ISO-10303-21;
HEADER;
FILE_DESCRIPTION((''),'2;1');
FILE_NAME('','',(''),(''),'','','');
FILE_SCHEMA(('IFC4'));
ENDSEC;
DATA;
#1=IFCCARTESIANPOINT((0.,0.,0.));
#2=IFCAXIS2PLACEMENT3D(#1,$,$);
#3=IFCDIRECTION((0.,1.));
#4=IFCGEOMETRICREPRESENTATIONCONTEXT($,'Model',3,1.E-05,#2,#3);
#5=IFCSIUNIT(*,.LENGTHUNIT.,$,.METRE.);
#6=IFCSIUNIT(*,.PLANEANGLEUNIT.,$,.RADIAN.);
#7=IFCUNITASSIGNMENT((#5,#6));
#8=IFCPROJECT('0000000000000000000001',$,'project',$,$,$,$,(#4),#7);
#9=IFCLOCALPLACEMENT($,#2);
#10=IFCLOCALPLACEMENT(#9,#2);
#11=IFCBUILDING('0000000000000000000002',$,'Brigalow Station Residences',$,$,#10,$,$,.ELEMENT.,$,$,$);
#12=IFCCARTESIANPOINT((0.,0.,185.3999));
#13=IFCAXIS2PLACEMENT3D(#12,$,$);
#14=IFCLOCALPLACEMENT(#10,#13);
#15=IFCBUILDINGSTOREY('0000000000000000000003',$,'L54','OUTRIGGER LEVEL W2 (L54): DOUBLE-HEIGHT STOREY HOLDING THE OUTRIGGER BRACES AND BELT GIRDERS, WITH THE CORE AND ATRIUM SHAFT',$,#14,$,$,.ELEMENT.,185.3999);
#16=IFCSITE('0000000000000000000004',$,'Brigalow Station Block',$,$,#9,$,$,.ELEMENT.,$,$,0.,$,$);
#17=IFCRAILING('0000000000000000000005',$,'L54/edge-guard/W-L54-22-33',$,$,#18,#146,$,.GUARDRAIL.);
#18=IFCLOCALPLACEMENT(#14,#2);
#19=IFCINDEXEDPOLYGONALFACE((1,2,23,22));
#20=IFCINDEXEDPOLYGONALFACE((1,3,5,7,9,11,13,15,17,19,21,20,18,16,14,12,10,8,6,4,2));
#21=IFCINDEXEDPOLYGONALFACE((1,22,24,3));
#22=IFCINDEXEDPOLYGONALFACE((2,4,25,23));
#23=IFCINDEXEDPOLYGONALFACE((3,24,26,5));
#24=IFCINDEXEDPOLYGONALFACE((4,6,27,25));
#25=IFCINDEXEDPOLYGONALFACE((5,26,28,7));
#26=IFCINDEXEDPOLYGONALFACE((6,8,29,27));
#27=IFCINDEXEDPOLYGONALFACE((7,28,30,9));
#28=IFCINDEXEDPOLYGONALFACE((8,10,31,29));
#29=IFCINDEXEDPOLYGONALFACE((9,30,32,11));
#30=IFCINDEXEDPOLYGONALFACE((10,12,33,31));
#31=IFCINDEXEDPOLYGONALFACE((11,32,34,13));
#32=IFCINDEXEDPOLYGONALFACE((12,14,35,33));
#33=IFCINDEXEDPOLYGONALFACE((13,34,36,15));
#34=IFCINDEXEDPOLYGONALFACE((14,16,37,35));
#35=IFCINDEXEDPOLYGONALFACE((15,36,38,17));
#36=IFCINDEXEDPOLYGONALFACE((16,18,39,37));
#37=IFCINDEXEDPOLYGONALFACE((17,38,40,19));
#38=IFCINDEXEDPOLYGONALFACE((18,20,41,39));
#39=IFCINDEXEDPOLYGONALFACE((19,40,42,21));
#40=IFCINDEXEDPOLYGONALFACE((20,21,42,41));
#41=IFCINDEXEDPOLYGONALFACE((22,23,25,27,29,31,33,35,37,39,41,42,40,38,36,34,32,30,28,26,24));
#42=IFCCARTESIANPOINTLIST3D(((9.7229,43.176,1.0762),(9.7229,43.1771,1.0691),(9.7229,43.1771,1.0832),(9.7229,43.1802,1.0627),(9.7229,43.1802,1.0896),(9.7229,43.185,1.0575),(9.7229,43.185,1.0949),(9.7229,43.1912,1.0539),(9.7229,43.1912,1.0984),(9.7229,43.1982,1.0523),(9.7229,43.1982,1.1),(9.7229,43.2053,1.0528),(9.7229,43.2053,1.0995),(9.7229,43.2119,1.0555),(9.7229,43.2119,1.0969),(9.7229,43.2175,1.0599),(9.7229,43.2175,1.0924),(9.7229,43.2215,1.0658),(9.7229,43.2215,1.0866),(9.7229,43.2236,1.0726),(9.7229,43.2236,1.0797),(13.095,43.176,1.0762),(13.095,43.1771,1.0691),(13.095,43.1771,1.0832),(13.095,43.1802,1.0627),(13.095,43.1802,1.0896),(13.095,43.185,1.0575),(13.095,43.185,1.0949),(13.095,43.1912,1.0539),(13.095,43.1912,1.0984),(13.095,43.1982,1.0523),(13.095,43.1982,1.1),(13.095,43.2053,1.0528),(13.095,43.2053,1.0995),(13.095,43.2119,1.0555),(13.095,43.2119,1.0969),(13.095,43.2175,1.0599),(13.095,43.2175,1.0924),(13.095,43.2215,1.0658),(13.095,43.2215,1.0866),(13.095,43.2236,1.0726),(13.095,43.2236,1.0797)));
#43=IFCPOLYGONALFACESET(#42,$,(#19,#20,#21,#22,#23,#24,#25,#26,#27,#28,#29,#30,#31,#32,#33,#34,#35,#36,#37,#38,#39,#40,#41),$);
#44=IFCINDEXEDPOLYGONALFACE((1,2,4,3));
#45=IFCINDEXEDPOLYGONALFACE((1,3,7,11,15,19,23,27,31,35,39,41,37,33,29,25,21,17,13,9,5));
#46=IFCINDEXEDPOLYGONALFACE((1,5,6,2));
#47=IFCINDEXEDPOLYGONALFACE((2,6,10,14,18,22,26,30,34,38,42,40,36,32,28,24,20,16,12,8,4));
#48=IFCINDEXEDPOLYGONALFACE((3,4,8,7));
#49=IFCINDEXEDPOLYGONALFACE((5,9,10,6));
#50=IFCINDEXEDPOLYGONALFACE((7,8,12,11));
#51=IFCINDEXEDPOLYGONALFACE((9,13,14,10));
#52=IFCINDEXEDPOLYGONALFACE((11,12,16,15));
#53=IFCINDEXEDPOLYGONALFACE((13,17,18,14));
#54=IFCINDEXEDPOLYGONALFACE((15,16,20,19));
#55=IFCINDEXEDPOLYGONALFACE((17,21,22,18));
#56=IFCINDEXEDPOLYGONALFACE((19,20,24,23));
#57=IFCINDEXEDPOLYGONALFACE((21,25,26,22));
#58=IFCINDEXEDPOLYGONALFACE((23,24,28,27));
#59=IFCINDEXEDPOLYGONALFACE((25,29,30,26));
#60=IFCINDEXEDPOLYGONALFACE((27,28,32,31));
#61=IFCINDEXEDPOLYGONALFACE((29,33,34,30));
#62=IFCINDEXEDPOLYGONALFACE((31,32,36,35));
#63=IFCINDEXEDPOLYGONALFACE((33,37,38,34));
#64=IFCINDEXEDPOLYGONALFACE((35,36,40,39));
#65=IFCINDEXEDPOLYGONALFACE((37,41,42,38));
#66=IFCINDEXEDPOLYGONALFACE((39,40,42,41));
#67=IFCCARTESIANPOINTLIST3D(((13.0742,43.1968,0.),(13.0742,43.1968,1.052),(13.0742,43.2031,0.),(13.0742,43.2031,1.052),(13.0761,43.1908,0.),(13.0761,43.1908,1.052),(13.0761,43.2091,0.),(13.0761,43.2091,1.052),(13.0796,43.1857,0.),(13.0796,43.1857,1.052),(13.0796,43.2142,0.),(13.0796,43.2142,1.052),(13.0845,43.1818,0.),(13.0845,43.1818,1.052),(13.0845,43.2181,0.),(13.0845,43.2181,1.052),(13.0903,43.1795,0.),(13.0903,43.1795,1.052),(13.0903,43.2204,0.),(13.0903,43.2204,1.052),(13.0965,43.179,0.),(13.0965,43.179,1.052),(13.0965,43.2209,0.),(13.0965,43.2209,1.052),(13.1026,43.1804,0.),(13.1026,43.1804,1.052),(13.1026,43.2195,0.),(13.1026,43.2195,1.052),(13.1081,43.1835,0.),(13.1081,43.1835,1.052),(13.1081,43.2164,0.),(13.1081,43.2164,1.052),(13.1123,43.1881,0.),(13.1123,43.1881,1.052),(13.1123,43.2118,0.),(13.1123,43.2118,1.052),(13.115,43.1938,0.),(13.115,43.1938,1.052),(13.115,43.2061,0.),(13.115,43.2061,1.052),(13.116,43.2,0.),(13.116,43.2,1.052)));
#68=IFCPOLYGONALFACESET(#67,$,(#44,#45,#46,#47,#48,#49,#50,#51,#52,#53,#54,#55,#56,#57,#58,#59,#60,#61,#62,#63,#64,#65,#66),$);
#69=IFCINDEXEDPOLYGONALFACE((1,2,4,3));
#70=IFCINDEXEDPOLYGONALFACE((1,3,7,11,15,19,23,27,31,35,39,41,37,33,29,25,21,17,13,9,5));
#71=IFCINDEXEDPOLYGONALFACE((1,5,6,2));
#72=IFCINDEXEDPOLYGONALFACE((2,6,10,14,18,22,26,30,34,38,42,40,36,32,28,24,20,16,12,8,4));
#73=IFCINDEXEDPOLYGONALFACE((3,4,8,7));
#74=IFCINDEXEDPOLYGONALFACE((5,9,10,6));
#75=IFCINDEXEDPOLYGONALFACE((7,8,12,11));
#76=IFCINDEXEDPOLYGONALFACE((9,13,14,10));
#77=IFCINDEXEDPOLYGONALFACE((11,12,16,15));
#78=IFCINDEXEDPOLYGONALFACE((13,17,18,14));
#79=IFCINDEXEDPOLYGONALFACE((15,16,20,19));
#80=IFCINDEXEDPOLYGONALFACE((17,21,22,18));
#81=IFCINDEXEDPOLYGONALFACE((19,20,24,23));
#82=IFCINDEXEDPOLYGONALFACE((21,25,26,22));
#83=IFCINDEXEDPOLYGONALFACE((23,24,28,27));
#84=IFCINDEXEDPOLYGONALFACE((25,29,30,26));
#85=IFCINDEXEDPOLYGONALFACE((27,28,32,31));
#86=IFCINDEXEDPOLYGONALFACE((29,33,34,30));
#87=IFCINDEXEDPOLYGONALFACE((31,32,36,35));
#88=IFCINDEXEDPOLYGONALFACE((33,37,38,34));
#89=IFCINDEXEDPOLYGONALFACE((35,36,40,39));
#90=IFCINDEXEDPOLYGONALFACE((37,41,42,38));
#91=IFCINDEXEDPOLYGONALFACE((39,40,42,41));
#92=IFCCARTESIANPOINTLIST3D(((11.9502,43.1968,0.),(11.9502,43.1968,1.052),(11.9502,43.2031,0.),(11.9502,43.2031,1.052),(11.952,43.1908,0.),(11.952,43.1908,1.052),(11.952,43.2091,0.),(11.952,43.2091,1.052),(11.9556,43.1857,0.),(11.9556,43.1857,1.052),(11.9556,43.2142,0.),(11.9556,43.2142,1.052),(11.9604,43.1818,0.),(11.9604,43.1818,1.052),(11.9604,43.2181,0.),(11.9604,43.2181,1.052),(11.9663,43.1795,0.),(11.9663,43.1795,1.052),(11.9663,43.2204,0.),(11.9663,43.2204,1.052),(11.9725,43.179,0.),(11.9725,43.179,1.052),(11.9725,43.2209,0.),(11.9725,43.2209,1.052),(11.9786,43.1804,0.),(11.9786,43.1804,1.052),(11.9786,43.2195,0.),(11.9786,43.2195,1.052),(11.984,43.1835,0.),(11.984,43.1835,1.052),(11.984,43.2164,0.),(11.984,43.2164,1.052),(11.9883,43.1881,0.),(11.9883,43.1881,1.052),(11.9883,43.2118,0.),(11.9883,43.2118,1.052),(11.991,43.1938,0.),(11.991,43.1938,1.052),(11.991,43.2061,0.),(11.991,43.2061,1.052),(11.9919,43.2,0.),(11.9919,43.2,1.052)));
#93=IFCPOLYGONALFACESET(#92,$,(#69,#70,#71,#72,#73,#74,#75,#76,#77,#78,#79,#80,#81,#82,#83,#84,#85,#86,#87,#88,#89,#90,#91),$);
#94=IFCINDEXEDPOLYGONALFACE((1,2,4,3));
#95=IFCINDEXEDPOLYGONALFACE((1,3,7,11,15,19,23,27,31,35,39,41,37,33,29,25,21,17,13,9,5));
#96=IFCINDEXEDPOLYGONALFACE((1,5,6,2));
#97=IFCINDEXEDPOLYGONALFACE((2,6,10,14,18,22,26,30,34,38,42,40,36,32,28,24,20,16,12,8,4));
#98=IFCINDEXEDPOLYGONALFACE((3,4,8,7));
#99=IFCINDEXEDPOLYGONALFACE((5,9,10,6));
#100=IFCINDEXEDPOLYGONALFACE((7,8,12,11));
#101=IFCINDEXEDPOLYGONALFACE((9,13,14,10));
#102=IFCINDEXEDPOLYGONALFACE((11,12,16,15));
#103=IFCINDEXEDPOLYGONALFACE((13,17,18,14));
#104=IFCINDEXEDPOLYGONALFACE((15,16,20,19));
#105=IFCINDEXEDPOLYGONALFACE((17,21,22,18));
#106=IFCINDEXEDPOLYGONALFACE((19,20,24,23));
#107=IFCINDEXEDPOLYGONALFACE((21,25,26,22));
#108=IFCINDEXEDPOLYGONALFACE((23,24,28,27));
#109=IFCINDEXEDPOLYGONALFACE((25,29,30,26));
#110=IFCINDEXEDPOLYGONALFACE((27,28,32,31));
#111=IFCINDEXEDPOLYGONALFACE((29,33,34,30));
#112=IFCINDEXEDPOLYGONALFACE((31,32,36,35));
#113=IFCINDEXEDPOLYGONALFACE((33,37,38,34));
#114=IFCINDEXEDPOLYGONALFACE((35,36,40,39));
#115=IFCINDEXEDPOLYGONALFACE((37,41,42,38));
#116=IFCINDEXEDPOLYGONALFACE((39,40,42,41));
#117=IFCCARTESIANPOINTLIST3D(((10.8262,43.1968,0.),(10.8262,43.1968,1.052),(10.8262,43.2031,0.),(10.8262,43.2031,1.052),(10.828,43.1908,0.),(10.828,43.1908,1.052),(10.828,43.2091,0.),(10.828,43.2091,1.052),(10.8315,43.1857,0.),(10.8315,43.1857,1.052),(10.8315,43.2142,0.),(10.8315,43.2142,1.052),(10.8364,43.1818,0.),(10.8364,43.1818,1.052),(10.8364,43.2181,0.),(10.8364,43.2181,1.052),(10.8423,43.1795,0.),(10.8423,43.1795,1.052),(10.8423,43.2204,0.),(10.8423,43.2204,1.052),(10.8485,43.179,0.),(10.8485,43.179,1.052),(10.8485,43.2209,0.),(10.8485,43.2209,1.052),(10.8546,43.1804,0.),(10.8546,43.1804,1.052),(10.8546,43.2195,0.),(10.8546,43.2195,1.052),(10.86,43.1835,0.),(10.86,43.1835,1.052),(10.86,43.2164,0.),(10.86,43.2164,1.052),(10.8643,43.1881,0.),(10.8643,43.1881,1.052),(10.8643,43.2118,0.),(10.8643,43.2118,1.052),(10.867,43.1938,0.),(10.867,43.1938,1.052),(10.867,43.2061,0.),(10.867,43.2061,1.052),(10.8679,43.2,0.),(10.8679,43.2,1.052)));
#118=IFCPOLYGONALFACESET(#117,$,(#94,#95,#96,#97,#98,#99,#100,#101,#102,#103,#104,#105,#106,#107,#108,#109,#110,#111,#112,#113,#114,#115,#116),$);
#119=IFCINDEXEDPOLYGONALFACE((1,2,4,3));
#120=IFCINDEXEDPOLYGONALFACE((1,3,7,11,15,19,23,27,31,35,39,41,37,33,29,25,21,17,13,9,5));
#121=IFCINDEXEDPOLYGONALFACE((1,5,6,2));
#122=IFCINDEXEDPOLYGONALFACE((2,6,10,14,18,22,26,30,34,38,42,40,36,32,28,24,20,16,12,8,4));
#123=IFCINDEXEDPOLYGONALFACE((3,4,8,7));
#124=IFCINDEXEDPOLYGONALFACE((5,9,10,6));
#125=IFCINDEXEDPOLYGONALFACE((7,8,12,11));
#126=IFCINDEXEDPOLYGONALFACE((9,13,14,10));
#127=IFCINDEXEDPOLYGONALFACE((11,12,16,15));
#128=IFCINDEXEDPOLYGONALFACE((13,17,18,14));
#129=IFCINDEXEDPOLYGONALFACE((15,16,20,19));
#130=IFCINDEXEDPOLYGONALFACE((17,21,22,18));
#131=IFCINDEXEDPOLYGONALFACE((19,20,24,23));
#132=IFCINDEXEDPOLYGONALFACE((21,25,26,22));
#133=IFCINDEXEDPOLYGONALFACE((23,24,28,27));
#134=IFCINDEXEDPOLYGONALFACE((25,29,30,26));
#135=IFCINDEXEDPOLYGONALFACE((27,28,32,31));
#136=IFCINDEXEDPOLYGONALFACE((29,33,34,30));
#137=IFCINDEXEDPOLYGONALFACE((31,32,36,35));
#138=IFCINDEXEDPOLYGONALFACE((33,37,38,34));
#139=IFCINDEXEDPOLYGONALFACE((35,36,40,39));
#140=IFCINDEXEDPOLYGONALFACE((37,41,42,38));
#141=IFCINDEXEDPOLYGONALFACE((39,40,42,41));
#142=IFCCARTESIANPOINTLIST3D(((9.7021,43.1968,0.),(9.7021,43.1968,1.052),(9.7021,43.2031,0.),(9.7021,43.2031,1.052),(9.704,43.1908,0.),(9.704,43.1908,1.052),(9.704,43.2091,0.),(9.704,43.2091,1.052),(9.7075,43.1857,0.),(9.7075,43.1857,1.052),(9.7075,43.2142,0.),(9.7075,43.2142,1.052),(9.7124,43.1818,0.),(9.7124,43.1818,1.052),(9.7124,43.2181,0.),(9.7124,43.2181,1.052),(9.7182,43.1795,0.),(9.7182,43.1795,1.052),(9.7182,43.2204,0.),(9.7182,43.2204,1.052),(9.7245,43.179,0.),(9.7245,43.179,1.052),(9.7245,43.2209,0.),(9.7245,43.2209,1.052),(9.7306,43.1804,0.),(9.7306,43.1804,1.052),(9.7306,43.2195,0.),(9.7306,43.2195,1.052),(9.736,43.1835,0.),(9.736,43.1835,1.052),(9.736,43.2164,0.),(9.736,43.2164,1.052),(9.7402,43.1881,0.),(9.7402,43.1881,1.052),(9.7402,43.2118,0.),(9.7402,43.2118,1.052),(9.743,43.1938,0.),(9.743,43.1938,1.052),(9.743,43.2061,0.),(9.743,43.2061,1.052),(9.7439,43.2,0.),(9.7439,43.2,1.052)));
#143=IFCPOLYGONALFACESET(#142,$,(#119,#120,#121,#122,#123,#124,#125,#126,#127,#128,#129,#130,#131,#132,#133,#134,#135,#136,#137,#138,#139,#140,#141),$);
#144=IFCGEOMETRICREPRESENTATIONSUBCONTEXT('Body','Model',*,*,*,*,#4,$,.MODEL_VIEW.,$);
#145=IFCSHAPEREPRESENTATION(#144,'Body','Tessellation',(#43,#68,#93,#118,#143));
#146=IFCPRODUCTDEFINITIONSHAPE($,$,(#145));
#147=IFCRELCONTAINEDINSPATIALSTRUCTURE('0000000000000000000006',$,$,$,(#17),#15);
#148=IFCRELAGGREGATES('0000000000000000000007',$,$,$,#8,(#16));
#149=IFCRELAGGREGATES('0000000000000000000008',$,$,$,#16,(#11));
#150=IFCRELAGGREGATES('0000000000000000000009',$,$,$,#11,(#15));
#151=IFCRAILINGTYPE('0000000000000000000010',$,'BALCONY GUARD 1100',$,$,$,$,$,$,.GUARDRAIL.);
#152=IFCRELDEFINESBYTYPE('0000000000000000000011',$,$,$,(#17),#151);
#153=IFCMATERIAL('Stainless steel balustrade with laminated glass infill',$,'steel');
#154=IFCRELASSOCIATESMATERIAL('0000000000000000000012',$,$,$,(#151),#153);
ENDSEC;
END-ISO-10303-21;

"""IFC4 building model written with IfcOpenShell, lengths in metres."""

from ifc_helpers import new_model, si_unit, direction, frame, origin, origin_2d, place, context, subcontext, project, spatial, circle, extrude, material, type_object, element, save


model = new_model("IFC4")

# Units and contexts
model_context = context("Model", 3, precision=1e-05, world=origin(), true_north=direction((0.0, 1.0)))
body_context = subcontext(model_context, "Body", "Model", "MODEL_VIEW")
ifc_project = project(units=[si_unit("LENGTHUNIT", "METRE"), si_unit("PLANEANGLEUNIT", "RADIAN")], contexts=[model_context])

# Site, building, storey
site_placement = place(None, origin())
site = spatial("IfcSite", under=ifc_project, at=site_placement, Name="Brigalow Station Block", CompositionType="ELEMENT", RefElevation=0.0)
building_placement = place(site_placement, origin())
building = spatial("IfcBuilding", under=site, at=building_placement, Name="Brigalow Station Residences", CompositionType="ELEMENT")
storey_placement = place(building_placement, frame((0.0, 0.0, 185.3999)))
storey = spatial("IfcBuildingStorey", under=building, at=storey_placement, Name="L54", Description="OUTRIGGER LEVEL W2 (L54): DOUBLE-HEIGHT STOREY HOLDING THE OUTRIGGER BRACES AND BELT GIRDERS, WITH THE CORE AND ATRIUM SHAFT", CompositionType="ELEMENT", Elevation=185.3999)

# Railing
ifc_material_1 = material(Name="Stainless steel balustrade with laminated glass infill", Category="steel")
railing_type_1 = type_object("IfcRailingType", Name="BALCONY GUARD 1100", PredefinedType="GUARDRAIL", material=ifc_material_1)
railing_1_placement = place(storey_placement, frame((13.095, 43.2, 0.0)))
element("IfcRailing", 1, at=railing_1_placement, inside=storey, type_object=railing_type_1, Name="L54/edge-guard/W-L54-22-33", PredefinedType="GUARDRAIL", context=body_context, shape_type="SweptSolid", body=[
    extrude(circle(Radius=0.0239, at=origin_2d()), frame((0.0, 0.0, 1.0762), z_axis=(-1.0, 0.0, 0.0), x_axis=(0.0, -1.0, 0.0)), (0.0, 0.0, 1.0), 3.3721),
    extrude(circle(Radius=0.021, at=origin_2d()), origin(), (0.0, 0.0, 1.0), 1.052),
    extrude(circle(Radius=0.021, at=origin_2d()), frame((-1.124, 0.0, 0.0)), (0.0, 0.0, 1.0), 1.052),
    extrude(circle(Radius=0.021, at=origin_2d()), frame((-2.248, 0.0, 0.0)), (0.0, 0.0, 1.0), 1.052),
    extrude(circle(Radius=0.021, at=origin_2d()), frame((-3.3721, 0.0, 0.0)), (0.0, 0.0, 1.0), 1.052),
])

save(model, "model.ifc")
